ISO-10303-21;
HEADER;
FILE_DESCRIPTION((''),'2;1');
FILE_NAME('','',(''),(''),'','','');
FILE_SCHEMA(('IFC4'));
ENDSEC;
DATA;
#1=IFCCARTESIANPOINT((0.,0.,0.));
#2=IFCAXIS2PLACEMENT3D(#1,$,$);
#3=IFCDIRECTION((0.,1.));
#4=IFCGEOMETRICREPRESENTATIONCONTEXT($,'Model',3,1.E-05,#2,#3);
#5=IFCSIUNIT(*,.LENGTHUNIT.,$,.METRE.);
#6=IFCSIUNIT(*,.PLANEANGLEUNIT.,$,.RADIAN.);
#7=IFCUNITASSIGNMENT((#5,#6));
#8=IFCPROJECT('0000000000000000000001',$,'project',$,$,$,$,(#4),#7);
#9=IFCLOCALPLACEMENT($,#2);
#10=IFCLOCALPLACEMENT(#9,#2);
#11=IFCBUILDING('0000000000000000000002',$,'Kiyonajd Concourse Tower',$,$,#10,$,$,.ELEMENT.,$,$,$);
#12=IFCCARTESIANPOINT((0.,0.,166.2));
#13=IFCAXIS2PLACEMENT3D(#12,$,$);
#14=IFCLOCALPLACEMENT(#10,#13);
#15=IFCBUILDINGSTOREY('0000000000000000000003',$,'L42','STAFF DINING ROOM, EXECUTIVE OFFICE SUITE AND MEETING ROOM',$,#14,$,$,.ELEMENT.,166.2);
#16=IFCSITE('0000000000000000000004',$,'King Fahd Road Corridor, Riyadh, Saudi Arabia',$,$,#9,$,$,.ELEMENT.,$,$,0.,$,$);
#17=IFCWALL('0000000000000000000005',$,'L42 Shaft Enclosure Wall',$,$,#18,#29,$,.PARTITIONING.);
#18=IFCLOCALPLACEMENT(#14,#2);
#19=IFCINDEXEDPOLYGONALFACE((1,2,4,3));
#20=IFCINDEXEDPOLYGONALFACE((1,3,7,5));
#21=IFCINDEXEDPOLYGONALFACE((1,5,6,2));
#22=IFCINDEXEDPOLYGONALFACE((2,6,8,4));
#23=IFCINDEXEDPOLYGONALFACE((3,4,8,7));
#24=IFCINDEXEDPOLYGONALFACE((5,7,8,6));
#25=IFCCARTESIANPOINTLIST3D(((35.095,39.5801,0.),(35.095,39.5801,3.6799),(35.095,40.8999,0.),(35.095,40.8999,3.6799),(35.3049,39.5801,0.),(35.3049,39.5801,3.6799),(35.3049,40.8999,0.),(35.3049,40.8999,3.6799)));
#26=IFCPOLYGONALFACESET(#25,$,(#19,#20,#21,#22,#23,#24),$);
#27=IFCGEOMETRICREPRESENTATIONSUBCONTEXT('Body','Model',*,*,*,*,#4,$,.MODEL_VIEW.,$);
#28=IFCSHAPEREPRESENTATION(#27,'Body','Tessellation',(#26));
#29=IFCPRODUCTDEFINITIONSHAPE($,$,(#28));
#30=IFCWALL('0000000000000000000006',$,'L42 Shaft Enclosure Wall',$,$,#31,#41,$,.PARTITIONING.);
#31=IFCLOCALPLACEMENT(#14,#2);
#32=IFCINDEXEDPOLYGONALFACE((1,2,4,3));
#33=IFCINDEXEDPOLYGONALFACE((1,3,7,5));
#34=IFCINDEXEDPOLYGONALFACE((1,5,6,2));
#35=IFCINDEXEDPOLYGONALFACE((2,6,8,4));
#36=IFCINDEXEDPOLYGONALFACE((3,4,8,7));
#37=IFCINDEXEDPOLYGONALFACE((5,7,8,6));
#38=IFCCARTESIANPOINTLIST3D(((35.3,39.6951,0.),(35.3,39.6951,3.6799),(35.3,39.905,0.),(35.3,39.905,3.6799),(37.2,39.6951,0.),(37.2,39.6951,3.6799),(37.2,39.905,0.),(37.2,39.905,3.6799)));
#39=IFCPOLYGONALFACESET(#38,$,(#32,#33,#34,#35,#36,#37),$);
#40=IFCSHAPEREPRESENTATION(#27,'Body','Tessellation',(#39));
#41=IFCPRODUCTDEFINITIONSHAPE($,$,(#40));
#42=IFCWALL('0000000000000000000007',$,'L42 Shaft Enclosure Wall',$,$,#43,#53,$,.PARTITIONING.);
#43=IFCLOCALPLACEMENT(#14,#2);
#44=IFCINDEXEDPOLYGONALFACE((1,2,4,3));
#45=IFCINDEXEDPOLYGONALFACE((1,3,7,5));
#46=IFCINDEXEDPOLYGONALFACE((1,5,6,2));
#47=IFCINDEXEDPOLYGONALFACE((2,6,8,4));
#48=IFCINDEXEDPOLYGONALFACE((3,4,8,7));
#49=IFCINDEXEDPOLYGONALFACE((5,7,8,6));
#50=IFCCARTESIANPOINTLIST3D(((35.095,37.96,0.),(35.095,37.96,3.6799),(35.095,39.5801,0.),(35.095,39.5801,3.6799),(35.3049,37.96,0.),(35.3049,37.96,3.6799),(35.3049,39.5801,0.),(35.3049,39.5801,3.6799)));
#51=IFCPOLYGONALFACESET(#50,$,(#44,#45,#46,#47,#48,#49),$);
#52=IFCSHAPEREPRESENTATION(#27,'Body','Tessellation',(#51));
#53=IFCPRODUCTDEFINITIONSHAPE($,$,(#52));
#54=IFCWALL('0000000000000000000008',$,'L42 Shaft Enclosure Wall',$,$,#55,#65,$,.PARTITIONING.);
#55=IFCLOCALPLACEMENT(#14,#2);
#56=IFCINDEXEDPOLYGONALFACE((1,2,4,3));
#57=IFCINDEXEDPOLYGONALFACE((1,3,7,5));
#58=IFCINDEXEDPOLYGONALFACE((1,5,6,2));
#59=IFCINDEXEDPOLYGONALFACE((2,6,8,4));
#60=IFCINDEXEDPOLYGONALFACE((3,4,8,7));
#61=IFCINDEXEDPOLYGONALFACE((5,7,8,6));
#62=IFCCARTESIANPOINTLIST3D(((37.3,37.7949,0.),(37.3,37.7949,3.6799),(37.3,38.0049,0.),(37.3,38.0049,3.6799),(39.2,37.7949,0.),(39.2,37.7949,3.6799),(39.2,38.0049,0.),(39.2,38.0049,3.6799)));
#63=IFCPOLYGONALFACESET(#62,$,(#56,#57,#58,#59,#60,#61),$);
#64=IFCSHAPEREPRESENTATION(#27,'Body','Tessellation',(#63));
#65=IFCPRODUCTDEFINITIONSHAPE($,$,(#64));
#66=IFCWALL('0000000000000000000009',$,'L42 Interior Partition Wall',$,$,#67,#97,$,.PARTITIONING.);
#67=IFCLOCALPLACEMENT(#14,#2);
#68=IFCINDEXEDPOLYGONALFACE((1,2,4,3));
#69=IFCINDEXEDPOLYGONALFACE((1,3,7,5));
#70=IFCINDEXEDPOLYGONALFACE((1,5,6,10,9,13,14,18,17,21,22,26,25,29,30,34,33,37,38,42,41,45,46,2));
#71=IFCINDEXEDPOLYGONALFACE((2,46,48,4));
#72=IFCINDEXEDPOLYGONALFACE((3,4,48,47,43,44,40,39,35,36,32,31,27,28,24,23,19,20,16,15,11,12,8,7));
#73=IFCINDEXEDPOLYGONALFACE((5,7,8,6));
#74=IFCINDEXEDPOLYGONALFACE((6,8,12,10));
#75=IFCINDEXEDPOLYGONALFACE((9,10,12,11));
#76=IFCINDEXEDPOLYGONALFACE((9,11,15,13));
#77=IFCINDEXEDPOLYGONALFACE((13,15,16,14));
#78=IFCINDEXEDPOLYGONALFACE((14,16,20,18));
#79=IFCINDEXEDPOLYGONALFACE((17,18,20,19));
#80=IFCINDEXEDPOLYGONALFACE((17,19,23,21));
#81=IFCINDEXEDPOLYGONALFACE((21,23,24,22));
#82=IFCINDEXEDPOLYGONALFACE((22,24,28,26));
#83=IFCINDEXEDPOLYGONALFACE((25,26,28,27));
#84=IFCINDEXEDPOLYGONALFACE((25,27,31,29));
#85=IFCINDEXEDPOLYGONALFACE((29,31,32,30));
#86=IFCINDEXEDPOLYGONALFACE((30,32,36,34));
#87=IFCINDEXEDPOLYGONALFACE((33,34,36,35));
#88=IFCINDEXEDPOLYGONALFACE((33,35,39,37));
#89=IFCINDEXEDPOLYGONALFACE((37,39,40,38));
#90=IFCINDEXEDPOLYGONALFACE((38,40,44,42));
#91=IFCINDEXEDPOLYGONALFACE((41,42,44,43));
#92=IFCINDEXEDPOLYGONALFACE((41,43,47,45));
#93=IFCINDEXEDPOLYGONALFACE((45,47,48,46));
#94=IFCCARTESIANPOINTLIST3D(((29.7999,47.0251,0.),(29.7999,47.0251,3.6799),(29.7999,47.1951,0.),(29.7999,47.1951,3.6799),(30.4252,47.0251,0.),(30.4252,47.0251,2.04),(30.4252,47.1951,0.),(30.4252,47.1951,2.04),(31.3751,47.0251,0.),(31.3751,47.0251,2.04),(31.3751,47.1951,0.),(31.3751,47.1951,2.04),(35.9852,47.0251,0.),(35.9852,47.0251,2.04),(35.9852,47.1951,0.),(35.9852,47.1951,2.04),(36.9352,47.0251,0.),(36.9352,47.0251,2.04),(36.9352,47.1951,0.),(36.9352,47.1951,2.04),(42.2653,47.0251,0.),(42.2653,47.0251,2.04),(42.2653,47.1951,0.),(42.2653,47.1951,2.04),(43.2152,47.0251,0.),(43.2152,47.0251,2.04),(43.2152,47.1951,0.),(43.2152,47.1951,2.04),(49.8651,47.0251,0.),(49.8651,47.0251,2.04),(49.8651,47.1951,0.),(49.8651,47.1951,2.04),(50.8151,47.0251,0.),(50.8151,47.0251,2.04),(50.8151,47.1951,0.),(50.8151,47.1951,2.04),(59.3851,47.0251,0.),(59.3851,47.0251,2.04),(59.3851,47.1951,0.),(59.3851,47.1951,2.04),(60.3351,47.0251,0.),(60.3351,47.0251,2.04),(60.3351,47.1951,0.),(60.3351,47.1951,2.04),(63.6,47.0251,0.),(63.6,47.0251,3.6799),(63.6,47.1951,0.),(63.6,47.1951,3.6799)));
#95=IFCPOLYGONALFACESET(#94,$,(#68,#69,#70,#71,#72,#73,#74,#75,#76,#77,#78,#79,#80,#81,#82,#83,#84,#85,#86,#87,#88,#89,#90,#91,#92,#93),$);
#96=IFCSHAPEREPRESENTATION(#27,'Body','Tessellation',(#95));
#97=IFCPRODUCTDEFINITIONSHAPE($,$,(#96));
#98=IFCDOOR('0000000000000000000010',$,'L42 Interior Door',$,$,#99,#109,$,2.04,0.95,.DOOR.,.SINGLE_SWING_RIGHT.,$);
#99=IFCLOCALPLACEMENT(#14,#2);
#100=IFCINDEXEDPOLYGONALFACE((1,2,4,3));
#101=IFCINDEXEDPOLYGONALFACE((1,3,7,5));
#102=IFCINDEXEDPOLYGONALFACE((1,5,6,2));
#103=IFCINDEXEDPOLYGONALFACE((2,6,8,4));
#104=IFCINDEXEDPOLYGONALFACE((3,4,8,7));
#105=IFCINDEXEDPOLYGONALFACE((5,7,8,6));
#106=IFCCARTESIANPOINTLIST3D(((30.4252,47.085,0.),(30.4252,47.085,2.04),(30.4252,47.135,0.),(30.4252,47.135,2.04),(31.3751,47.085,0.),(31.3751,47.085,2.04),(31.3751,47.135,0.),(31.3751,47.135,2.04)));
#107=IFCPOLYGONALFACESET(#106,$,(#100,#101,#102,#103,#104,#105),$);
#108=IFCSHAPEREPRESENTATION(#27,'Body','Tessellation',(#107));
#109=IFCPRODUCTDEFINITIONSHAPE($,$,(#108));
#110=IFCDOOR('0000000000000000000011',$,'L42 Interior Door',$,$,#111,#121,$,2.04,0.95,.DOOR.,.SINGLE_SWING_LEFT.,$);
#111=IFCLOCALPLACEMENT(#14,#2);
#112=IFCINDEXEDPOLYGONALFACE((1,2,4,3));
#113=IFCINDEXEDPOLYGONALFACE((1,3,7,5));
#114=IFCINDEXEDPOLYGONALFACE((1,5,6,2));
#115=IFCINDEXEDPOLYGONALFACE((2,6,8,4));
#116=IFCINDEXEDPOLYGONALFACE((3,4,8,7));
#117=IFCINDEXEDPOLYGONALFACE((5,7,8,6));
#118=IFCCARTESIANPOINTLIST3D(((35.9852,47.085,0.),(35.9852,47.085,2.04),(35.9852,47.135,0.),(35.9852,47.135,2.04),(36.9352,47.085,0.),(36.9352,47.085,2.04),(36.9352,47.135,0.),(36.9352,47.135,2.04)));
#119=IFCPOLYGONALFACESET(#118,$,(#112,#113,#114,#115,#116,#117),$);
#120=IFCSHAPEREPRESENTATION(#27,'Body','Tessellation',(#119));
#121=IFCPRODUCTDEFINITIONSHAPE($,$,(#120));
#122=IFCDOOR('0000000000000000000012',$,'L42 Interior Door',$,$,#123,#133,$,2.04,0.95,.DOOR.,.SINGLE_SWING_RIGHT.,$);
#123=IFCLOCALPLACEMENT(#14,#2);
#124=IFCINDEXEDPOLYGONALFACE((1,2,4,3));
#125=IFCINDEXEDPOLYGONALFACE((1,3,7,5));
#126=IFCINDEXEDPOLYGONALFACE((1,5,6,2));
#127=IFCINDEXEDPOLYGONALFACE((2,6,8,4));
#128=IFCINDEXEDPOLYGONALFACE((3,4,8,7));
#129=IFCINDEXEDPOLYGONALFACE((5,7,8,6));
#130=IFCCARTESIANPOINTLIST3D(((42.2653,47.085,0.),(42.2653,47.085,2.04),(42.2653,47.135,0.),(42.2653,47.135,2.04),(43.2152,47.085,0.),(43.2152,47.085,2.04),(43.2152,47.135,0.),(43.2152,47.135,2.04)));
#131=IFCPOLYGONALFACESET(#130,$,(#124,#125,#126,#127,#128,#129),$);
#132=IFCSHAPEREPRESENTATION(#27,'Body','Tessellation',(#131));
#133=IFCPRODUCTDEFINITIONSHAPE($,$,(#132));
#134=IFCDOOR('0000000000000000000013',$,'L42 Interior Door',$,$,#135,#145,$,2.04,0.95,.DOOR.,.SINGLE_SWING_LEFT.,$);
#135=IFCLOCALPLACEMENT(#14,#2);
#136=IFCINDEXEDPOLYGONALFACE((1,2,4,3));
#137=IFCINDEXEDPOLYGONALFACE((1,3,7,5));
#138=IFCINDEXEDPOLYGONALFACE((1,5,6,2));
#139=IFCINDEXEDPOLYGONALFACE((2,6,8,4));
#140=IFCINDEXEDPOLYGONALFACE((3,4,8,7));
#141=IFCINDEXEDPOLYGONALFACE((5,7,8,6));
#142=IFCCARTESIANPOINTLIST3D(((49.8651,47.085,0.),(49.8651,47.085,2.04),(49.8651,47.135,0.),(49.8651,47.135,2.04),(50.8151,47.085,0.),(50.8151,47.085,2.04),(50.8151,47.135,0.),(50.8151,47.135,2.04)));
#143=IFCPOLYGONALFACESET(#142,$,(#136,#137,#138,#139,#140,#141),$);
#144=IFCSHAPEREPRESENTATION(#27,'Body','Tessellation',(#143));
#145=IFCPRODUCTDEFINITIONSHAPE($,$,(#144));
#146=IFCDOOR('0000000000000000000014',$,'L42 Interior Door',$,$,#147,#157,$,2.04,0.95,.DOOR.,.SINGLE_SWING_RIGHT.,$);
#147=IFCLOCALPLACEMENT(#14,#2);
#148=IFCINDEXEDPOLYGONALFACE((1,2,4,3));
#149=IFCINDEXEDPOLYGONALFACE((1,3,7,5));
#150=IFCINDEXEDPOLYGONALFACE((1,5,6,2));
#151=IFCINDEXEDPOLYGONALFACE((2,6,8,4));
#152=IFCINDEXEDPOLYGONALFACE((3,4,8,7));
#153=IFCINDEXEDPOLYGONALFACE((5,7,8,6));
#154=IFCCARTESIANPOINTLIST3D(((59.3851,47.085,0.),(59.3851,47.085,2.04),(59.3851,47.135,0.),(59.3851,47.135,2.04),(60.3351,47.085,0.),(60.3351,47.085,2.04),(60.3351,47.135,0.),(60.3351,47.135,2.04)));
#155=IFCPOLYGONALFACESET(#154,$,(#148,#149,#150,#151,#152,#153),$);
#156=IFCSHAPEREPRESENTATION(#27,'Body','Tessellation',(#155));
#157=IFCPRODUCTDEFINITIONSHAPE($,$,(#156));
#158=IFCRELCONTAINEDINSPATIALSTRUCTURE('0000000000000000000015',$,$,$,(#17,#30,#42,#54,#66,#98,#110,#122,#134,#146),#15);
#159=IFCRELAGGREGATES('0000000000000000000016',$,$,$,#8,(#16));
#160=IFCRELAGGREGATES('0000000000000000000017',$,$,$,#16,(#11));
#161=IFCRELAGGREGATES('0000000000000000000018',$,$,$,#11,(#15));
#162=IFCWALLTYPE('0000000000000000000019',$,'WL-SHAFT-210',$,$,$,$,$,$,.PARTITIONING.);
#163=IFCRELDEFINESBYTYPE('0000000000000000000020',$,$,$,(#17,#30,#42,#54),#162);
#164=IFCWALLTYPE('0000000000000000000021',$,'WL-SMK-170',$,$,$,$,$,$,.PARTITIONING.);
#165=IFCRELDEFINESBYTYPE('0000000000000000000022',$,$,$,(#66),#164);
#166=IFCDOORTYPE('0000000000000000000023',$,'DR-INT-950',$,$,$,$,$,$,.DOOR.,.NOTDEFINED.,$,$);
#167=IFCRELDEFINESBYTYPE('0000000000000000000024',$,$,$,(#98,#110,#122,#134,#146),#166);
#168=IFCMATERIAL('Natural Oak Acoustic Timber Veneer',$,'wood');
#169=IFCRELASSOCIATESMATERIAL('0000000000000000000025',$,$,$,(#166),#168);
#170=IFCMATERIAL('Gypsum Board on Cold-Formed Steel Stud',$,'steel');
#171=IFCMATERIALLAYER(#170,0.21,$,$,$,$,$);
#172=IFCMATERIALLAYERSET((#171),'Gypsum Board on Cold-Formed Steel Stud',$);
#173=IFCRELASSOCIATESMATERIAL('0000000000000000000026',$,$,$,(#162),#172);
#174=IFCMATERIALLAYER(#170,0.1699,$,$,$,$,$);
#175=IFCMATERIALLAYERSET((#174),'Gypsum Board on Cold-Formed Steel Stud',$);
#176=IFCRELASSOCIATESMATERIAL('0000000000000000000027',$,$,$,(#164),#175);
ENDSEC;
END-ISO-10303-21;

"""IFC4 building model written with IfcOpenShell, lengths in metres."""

from ifc_helpers import new_model, si_unit, direction, frame, frame_2d, origin, place, context, subcontext, project, spatial, rectangle, extrude, material, layer, layer_set, type_object, element, fill, save


model = new_model("IFC4")

# Units and contexts
model_context = context("Model", 3, precision=1e-05, world=origin(), true_north=direction((0.0, 1.0)))
body_context = subcontext(model_context, "Body", "Model", "MODEL_VIEW")
ifc_project = project(units=[si_unit("LENGTHUNIT", "METRE"), si_unit("PLANEANGLEUNIT", "RADIAN")], contexts=[model_context])

# Site, building, storey
site_placement = place(None, origin())
site = spatial("IfcSite", under=ifc_project, at=site_placement, Name="King Fahd Road Corridor, Riyadh, Saudi Arabia", CompositionType="ELEMENT", RefElevation=0.0)
building_placement = place(site_placement, origin())
building = spatial("IfcBuilding", under=site, at=building_placement, Name="Kiyonajd Concourse Tower", CompositionType="ELEMENT")
storey_placement = place(building_placement, frame((0.0, 0.0, 166.2)))
storey = spatial("IfcBuildingStorey", under=building, at=storey_placement, Name="L42", Description="STAFF DINING ROOM, EXECUTIVE OFFICE SUITE AND MEETING ROOM", CompositionType="ELEMENT", Elevation=166.2)

# Shared definitions
ifc_material_1 = material(Name="Natural Oak Acoustic Timber Veneer", Category="wood")
door_type_1 = type_object("IfcDoorType", Name="DR-INT-950", OperationType="NOTDEFINED", PredefinedType="DOOR", material=ifc_material_1)

# Walls
ifc_material_2 = material(Name="Gypsum Board on Cold-Formed Steel Stud", Category="steel")
ifc_layer_1 = layer(ifc_material_2, 0.21)
ifc_layer_set_1 = layer_set([ifc_layer_1], Name="Gypsum Board on Cold-Formed Steel Stud")
wall_type_1 = type_object("IfcWallType", Name="WL-SHAFT-210", PredefinedType="PARTITIONING", material=ifc_layer_set_1)
wall_1_placement = place(storey_placement, frame((35.2, 39.5801, 0.0), z_axis=(0.0, 0.0, 1.0), x_axis=(0.0, 1.0, 0.0)))
element("IfcWall", 1, at=wall_1_placement, inside=storey, type_object=wall_type_1, Name="L42 Shaft Enclosure Wall", PredefinedType="PARTITIONING", context=body_context, shape_type="SweptSolid", body=[
    extrude(rectangle(XDim=1.3198, YDim=0.21, at=frame_2d((0.6599, 0.0))), origin(), (0.0, 0.0, 1.0), 3.6799),
])
wall_2_placement = place(storey_placement, frame((35.3, 39.8, 0.0), z_axis=(0.0, 0.0, 1.0), x_axis=(1.0, 0.0, 0.0)))
element("IfcWall", 2, at=wall_2_placement, inside=storey, type_object=wall_type_1, Name="L42 Shaft Enclosure Wall", PredefinedType="PARTITIONING", context=body_context, shape_type="SweptSolid", body=[
    extrude(rectangle(XDim=1.8999, YDim=0.21, at=frame_2d((0.95, 0.0))), origin(), (0.0, 0.0, 1.0), 3.6799),
])
wall_3_placement = place(storey_placement, frame((35.2, 37.96, 0.0), z_axis=(0.0, 0.0, 1.0), x_axis=(0.0, 1.0, 0.0)))
element("IfcWall", 3, at=wall_3_placement, inside=storey, type_object=wall_type_1, Name="L42 Shaft Enclosure Wall", PredefinedType="PARTITIONING", context=body_context, shape_type="SweptSolid", body=[
    extrude(rectangle(XDim=1.6201, YDim=0.21, at=frame_2d((0.8101, 0.0))), origin(), (0.0, 0.0, 1.0), 3.6799),
])
wall_4_placement = place(storey_placement, frame((37.3, 37.8999, 0.0), z_axis=(0.0, 0.0, 1.0), x_axis=(1.0, 0.0, 0.0)))
element("IfcWall", 4, at=wall_4_placement, inside=storey, type_object=wall_type_1, Name="L42 Shaft Enclosure Wall", PredefinedType="PARTITIONING", context=body_context, shape_type="SweptSolid", body=[
    extrude(rectangle(XDim=1.8999, YDim=0.21, at=frame_2d((0.95, 0.0))), origin(), (0.0, 0.0, 1.0), 3.6799),
])

# Wall, openings, doors
ifc_layer_2 = layer(ifc_material_2, 0.1699)
ifc_layer_set_2 = layer_set([ifc_layer_2], Name="Gypsum Board on Cold-Formed Steel Stud")
wall_type_2 = type_object("IfcWallType", Name="WL-SMK-170", PredefinedType="PARTITIONING", material=ifc_layer_set_2)
wall_5_placement = place(storey_placement, frame((29.8, 47.1101, 0.0), z_axis=(0.0, 0.0, 1.0), x_axis=(1.0, 0.0, 0.0)))
wall_5 = element("IfcWall", 5, at=wall_5_placement, inside=storey, type_object=wall_type_2, Name="L42 Interior Partition Wall", PredefinedType="PARTITIONING", context=body_context, shape_type="SweptSolid", body=[
    extrude(rectangle(XDim=33.8, YDim=0.1699, at=frame_2d((16.8999, 0.0))), origin(), (0.0, 0.0, 1.0), 3.6799),
])
opening_1_placement = place(wall_5_placement, frame((0.625, 0.0, 0.0)))
opening_1 = element("IfcOpeningElement", 6, at=opening_1_placement, cuts=wall_5, PredefinedType="OPENING", context=body_context, shape_type="SweptSolid", body=[
    extrude(rectangle(XDim=0.95, YDim=2.04, at=frame_2d((0.4751, 1.02))), frame((0.0, 0.095, 0.0), z_axis=(0.0, -1.0, 0.0), x_axis=(1.0, 0.0, 0.0)), (0.0, 0.0, 1.0), 0.1899),
])
opening_2_placement = place(wall_5_placement, frame((6.1851, 0.0, 0.0)))
opening_2 = element("IfcOpeningElement", 7, at=opening_2_placement, cuts=wall_5, PredefinedType="OPENING", context=body_context, shape_type="SweptSolid", body=[
    extrude(rectangle(XDim=0.95, YDim=2.04, at=frame_2d((0.4751, 1.02))), frame((0.0, 0.095, 0.0), z_axis=(0.0, -1.0, 0.0), x_axis=(1.0, 0.0, 0.0)), (0.0, 0.0, 1.0), 0.1899),
])
opening_3_placement = place(wall_5_placement, frame((12.4651, 0.0, 0.0)))
opening_3 = element("IfcOpeningElement", 8, at=opening_3_placement, cuts=wall_5, PredefinedType="OPENING", context=body_context, shape_type="SweptSolid", body=[
    extrude(rectangle(XDim=0.95, YDim=2.04, at=frame_2d((0.4751, 1.02))), frame((0.0, 0.095, 0.0), z_axis=(0.0, -1.0, 0.0), x_axis=(1.0, 0.0, 0.0)), (0.0, 0.0, 1.0), 0.1899),
])
opening_4_placement = place(wall_5_placement, frame((20.0649, 0.0, 0.0)))
opening_4 = element("IfcOpeningElement", 9, at=opening_4_placement, cuts=wall_5, PredefinedType="OPENING", context=body_context, shape_type="SweptSolid", body=[
    extrude(rectangle(XDim=0.95, YDim=2.04, at=frame_2d((0.4751, 1.02))), frame((0.0, 0.095, 0.0), z_axis=(0.0, -1.0, 0.0), x_axis=(1.0, 0.0, 0.0)), (0.0, 0.0, 1.0), 0.1899),
])
opening_5_placement = place(wall_5_placement, frame((29.585, 0.0, 0.0)))
opening_5 = element("IfcOpeningElement", 10, at=opening_5_placement, cuts=wall_5, PredefinedType="OPENING", context=body_context, shape_type="SweptSolid", body=[
    extrude(rectangle(XDim=0.95, YDim=2.04, at=frame_2d((0.4751, 1.02))), frame((0.0, 0.095, 0.0), z_axis=(0.0, -1.0, 0.0), x_axis=(1.0, 0.0, 0.0)), (0.0, 0.0, 1.0), 0.1899),
])
door_1_placement = place(opening_1_placement, origin())
door_1 = element("IfcDoor", 11, at=door_1_placement, inside=storey, type_object=door_type_1, Name="L42 Interior Door", OperationType="SINGLE_SWING_RIGHT", OverallHeight=2.04, OverallWidth=0.95, PredefinedType="DOOR", context=body_context, shape_type="SweptSolid", body=[
    extrude(rectangle(XDim=0.95, YDim=2.04, at=frame_2d((0.4751, 1.02))), frame((0.0, 0.0249, 0.0), z_axis=(0.0, -1.0, 0.0), x_axis=(1.0, 0.0, 0.0)), (0.0, 0.0, 1.0), 0.05),
])
fill(opening_1, door_1)
door_2_placement = place(opening_2_placement, origin())
door_2 = element("IfcDoor", 12, at=door_2_placement, inside=storey, type_object=door_type_1, Name="L42 Interior Door", OperationType="SINGLE_SWING_LEFT", OverallHeight=2.04, OverallWidth=0.95, PredefinedType="DOOR", context=body_context, shape_type="SweptSolid", body=[
    extrude(rectangle(XDim=0.95, YDim=2.04, at=frame_2d((0.4751, 1.02))), frame((0.0, 0.0249, 0.0), z_axis=(0.0, -1.0, 0.0), x_axis=(1.0, 0.0, 0.0)), (0.0, 0.0, 1.0), 0.05),
])
fill(opening_2, door_2)
door_3_placement = place(opening_3_placement, origin())
door_3 = element("IfcDoor", 13, at=door_3_placement, inside=storey, type_object=door_type_1, Name="L42 Interior Door", OperationType="SINGLE_SWING_RIGHT", OverallHeight=2.04, OverallWidth=0.95, PredefinedType="DOOR", context=body_context, shape_type="SweptSolid", body=[
    extrude(rectangle(XDim=0.95, YDim=2.04, at=frame_2d((0.4751, 1.02))), frame((0.0, 0.0249, 0.0), z_axis=(0.0, -1.0, 0.0), x_axis=(1.0, 0.0, 0.0)), (0.0, 0.0, 1.0), 0.05),
])
fill(opening_3, door_3)
door_4_placement = place(opening_4_placement, origin())
door_4 = element("IfcDoor", 14, at=door_4_placement, inside=storey, type_object=door_type_1, Name="L42 Interior Door", OperationType="SINGLE_SWING_LEFT", OverallHeight=2.04, OverallWidth=0.95, PredefinedType="DOOR", context=body_context, shape_type="SweptSolid", body=[
    extrude(rectangle(XDim=0.95, YDim=2.04, at=frame_2d((0.4751, 1.02))), frame((0.0, 0.0249, 0.0), z_axis=(0.0, -1.0, 0.0), x_axis=(1.0, 0.0, 0.0)), (0.0, 0.0, 1.0), 0.05),
])
fill(opening_4, door_4)
door_5_placement = place(opening_5_placement, origin())
door_5 = element("IfcDoor", 15, at=door_5_placement, inside=storey, type_object=door_type_1, Name="L42 Interior Door", OperationType="SINGLE_SWING_RIGHT", OverallHeight=2.04, OverallWidth=0.95, PredefinedType="DOOR", context=body_context, shape_type="SweptSolid", body=[
    extrude(rectangle(XDim=0.95, YDim=2.04, at=frame_2d((0.4751, 1.02))), frame((0.0, 0.0249, 0.0), z_axis=(0.0, -1.0, 0.0), x_axis=(1.0, 0.0, 0.0)), (0.0, 0.0, 1.0), 0.05),
])
fill(opening_5, door_5)

save(model, "model.ifc")
